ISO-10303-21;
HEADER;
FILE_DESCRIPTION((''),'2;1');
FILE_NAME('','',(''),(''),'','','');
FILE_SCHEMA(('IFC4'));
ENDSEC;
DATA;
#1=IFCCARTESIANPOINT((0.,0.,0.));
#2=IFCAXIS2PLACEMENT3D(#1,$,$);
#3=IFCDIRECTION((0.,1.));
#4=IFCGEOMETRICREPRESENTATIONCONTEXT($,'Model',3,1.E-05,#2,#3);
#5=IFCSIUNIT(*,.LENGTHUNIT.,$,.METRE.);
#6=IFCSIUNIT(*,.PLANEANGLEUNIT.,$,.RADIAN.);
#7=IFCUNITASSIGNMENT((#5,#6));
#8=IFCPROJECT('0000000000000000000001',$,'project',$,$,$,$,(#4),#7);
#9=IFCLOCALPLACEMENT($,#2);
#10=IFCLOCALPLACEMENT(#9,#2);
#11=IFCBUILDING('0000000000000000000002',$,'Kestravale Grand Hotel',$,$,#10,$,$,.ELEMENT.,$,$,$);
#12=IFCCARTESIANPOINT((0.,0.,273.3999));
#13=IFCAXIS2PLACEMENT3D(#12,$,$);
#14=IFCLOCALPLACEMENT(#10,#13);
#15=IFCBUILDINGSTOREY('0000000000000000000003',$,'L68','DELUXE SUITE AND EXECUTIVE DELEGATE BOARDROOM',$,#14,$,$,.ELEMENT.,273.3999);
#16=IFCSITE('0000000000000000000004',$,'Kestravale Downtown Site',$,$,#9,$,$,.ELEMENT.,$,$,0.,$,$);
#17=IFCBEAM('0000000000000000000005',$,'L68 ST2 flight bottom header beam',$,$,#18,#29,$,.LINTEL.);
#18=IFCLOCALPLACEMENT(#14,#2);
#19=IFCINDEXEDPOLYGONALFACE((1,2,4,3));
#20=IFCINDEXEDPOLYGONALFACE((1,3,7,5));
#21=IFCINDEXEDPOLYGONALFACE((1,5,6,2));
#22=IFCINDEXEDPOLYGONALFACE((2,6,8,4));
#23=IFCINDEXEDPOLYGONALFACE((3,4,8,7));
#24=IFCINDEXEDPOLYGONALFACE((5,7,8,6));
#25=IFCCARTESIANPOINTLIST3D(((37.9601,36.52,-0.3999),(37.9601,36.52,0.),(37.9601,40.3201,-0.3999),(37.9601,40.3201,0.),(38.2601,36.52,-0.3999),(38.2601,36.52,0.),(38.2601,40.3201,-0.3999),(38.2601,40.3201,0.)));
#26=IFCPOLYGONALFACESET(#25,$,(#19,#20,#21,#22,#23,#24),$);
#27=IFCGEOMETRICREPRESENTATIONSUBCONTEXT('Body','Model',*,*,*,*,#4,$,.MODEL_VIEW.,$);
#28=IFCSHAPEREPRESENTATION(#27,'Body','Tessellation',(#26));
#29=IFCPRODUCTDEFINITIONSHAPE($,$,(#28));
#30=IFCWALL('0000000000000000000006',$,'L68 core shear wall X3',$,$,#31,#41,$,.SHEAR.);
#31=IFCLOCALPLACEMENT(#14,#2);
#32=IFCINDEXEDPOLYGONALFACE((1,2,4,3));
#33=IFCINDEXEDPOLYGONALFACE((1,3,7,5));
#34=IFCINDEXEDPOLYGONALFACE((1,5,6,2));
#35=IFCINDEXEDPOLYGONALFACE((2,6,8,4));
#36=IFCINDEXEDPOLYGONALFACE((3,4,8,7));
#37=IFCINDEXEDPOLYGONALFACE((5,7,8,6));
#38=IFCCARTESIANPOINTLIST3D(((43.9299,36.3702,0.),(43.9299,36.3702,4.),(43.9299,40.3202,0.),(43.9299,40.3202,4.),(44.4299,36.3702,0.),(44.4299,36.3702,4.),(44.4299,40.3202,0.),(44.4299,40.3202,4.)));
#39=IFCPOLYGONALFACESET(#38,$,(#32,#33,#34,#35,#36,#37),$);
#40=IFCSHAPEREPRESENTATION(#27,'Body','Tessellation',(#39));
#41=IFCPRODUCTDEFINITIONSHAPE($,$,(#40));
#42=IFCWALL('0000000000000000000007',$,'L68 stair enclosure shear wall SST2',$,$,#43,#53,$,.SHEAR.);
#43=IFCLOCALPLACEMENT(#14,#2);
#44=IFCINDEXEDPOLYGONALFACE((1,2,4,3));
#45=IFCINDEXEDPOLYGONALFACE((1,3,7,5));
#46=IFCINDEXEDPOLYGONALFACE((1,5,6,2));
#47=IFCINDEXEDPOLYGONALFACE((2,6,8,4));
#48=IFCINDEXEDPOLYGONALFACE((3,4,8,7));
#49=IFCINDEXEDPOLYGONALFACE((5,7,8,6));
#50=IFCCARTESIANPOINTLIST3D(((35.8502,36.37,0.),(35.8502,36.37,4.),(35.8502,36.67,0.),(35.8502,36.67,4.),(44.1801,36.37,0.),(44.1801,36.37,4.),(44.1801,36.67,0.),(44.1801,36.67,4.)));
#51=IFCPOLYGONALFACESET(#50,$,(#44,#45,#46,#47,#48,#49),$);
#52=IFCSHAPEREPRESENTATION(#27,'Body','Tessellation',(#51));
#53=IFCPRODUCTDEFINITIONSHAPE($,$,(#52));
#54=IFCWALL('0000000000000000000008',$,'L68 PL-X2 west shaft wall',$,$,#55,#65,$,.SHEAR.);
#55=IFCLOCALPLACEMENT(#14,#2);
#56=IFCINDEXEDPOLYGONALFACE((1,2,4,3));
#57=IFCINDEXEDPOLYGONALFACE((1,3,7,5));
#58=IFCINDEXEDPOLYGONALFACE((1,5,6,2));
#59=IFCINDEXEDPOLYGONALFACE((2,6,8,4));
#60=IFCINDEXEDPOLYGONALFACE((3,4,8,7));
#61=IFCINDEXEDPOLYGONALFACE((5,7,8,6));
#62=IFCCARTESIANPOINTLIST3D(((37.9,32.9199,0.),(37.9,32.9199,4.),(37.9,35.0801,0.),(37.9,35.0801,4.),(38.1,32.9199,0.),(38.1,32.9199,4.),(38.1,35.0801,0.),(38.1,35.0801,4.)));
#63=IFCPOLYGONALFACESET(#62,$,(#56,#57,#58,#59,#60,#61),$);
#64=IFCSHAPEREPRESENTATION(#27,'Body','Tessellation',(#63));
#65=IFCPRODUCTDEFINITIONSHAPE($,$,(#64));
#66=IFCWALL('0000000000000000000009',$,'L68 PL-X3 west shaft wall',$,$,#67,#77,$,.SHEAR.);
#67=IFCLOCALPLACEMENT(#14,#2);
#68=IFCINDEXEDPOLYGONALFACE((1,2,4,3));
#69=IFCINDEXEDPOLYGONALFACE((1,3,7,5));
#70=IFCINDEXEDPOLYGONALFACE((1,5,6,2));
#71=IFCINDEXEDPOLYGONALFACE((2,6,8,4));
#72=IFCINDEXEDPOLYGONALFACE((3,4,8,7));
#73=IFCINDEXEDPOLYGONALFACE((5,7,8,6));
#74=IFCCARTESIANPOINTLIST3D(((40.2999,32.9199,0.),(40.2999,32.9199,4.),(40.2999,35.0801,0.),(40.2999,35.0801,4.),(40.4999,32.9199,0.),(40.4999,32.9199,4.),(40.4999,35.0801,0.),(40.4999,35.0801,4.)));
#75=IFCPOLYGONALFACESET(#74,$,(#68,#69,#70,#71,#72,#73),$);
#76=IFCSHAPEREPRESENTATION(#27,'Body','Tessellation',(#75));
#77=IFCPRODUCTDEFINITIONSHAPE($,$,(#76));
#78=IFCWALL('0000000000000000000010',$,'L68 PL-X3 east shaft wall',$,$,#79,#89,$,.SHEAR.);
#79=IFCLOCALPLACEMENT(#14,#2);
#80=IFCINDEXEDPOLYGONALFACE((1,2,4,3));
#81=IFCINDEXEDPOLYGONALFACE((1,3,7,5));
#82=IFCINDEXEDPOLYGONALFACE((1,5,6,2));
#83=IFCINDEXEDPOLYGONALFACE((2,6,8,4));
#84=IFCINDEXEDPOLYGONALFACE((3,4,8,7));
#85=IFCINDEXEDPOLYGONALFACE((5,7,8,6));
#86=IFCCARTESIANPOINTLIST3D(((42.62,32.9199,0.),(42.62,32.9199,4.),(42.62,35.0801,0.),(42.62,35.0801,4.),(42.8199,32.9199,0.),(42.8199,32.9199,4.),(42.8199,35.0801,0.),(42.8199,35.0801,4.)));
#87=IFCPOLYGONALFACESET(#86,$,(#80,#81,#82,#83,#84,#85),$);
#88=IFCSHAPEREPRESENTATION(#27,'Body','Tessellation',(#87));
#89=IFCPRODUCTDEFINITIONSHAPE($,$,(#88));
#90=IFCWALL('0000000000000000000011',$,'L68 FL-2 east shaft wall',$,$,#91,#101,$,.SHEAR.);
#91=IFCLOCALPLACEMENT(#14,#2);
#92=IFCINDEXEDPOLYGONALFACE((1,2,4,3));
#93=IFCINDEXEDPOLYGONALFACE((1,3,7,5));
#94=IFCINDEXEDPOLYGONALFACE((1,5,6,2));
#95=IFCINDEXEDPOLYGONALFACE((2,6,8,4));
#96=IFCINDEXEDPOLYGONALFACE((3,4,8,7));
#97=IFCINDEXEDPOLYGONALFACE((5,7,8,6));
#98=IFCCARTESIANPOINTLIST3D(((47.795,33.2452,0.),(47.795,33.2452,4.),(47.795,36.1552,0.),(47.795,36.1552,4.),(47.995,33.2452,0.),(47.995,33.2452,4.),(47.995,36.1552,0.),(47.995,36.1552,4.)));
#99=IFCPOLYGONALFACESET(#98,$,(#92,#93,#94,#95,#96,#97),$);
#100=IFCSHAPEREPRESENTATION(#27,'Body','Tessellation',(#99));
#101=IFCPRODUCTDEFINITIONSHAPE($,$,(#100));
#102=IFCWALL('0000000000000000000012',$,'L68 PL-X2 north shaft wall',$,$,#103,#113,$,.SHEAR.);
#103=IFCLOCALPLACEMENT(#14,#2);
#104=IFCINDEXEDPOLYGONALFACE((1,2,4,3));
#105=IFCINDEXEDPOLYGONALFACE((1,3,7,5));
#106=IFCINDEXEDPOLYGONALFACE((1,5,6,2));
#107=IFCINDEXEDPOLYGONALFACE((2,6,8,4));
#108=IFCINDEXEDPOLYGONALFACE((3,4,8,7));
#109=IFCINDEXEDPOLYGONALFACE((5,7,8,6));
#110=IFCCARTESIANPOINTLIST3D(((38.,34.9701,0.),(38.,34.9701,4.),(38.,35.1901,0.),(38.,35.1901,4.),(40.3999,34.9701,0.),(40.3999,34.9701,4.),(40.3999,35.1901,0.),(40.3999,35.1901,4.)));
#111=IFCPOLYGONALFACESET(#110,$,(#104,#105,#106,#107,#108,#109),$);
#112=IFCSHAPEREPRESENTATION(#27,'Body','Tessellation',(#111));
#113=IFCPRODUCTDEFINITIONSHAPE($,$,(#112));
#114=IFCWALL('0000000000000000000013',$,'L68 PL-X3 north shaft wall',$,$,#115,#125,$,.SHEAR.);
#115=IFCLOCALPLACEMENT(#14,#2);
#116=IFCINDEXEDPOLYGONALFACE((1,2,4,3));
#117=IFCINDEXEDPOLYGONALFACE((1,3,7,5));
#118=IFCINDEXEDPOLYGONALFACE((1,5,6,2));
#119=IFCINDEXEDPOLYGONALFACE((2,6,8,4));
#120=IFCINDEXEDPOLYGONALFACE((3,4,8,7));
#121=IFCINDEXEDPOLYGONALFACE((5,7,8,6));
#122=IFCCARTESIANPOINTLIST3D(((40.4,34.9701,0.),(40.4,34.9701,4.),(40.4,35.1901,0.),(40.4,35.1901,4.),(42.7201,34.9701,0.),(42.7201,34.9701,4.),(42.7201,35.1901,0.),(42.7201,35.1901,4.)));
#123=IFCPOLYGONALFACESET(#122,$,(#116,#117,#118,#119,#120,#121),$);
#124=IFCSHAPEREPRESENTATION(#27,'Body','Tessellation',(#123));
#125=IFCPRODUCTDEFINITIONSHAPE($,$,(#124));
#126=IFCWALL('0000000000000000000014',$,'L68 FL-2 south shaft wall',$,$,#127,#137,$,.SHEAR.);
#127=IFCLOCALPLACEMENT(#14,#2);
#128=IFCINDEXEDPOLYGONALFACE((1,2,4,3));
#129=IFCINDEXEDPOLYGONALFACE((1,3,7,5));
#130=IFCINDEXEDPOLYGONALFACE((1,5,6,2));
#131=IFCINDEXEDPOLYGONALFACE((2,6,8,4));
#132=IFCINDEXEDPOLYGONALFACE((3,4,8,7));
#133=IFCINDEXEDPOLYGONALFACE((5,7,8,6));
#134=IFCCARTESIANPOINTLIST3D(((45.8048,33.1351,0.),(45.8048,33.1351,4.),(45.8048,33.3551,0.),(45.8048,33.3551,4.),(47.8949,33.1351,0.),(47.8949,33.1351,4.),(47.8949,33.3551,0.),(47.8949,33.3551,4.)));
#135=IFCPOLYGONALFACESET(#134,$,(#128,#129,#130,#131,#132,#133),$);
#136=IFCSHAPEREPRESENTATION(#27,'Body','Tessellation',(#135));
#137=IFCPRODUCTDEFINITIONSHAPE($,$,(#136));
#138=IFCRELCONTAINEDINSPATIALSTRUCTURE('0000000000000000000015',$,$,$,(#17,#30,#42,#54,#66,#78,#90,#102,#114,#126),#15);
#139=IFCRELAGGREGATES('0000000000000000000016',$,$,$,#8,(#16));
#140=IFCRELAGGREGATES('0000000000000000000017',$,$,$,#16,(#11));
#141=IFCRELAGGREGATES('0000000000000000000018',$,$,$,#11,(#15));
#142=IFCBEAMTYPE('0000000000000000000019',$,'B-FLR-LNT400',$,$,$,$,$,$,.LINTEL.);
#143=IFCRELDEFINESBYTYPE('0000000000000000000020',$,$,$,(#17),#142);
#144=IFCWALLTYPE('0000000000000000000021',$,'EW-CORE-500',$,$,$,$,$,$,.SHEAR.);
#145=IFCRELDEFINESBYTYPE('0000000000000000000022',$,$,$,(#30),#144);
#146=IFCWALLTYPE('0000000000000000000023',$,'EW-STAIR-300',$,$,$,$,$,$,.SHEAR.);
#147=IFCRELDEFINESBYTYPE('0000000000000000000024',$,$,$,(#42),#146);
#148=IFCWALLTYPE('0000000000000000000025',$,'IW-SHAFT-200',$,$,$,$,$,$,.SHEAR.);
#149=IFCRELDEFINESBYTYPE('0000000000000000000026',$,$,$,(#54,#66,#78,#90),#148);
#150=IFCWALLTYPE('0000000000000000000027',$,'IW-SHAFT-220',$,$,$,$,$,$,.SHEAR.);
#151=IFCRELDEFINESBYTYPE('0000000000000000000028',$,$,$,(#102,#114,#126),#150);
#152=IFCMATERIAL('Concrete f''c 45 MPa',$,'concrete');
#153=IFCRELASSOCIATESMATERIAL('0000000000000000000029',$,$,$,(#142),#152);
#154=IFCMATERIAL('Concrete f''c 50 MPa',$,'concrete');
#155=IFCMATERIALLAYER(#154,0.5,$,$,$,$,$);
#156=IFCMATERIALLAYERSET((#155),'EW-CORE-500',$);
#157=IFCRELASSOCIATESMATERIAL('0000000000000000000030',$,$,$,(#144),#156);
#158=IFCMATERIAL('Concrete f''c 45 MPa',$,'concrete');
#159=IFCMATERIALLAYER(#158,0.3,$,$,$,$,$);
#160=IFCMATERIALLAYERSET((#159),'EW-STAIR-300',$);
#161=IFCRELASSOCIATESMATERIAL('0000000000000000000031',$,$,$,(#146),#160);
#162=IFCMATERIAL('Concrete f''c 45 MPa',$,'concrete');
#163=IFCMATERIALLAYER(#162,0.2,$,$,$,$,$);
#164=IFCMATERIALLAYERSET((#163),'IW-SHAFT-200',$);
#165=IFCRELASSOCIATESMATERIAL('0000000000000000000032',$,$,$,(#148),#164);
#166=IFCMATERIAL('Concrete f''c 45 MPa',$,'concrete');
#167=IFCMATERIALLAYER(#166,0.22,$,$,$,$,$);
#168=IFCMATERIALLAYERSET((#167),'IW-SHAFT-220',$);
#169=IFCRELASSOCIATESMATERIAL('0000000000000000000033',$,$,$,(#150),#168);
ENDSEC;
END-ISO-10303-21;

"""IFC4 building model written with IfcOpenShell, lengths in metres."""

from ifc_helpers import new_model, si_unit, direction, frame, frame_2d, origin, origin_2d, place, context, subcontext, project, spatial, rectangle, extrude, material, layer, layer_set, material_profile, profile_set, type_object, element, save


model = new_model("IFC4")

# Units and contexts
model_context = context("Model", 3, precision=1e-05, world=origin(), true_north=direction((0.0, 1.0)))
body_context = subcontext(model_context, "Body", "Model", "MODEL_VIEW")
ifc_project = project(units=[si_unit("LENGTHUNIT", "METRE"), si_unit("PLANEANGLEUNIT", "RADIAN")], contexts=[model_context])

# Site, building, storey
site_placement = place(None, origin())
site = spatial("IfcSite", under=ifc_project, at=site_placement, Name="Kestravale Downtown Site", CompositionType="ELEMENT", RefElevation=0.0)
building_placement = place(site_placement, origin())
building = spatial("IfcBuilding", under=site, at=building_placement, Name="Kestravale Grand Hotel", CompositionType="ELEMENT")
storey_placement = place(building_placement, frame((0.0, 0.0, 273.3999)))
storey = spatial("IfcBuildingStorey", under=building, at=storey_placement, Name="L68", Description="DELUXE SUITE AND EXECUTIVE DELEGATE BOARDROOM", CompositionType="ELEMENT", Elevation=273.3999)

# Beam
ifc_material_1 = material(Name="Concrete f'c 45 MPa", Category="concrete")
ifc_material_profile = material_profile(ifc_material_1, rectangle(XDim=0.3, YDim=0.3999, at=origin_2d()))
ifc_profile_set = profile_set([ifc_material_profile], Name="Concrete f'c 45 MPa")
beam_type = type_object("IfcBeamType", Name="B-FLR-LNT400", PredefinedType="LINTEL", material=ifc_profile_set)
beam_placement = place(storey_placement, frame((38.1101, 36.52, -0.2), z_axis=(0.0, 1.0, 0.0), x_axis=(-1.0, 0.0, 0.0)))
element("IfcBeam", 1, at=beam_placement, inside=storey, type_object=beam_type, Name="L68 ST2 flight bottom header beam", PredefinedType="LINTEL", context=body_context, shape_type="SweptSolid", body=[
    extrude(rectangle(XDim=0.3, YDim=0.3999, at=origin_2d()), origin(), (0.0, 0.0, 1.0), 3.8),
])

# Shared definitions
ifc_material_2 = material(Name="Concrete f'c 50 MPa", Category="concrete")
ifc_layer_1 = layer(ifc_material_2, 0.5)
ifc_layer_set_1 = layer_set([ifc_layer_1], Name="EW-CORE-500")
wall_type_1 = type_object("IfcWallType", Name="EW-CORE-500", PredefinedType="SHEAR", material=ifc_layer_set_1)

# Walls
wall_1_placement = place(storey_placement, frame((44.1799, 36.3701, 0.0), z_axis=(0.0, 0.0, 1.0), x_axis=(0.0, 1.0, 0.0)))
element("IfcWall", 2, at=wall_1_placement, inside=storey, type_object=wall_type_1, Name="L68 core shear wall X3", PredefinedType="SHEAR", context=body_context, shape_type="SweptSolid", body=[
    extrude(rectangle(XDim=3.95, YDim=0.5, at=frame_2d((1.9751, 0.0))), origin(), (0.0, 0.0, 1.0), 4.0),
])
ifc_material_3 = material(Name="Concrete f'c 45 MPa", Category="concrete")
ifc_layer_2 = layer(ifc_material_3, 0.3)
ifc_layer_set_2 = layer_set([ifc_layer_2], Name="EW-STAIR-300")
wall_type_2 = type_object("IfcWallType", Name="EW-STAIR-300", PredefinedType="SHEAR", material=ifc_layer_set_2)
wall_2_placement = place(storey_placement, frame((35.8501, 36.52, 0.0), z_axis=(0.0, 0.0, 1.0), x_axis=(1.0, 0.0, 0.0)))
element("IfcWall", 3, at=wall_2_placement, inside=storey, type_object=wall_type_2, Name="L68 stair enclosure shear wall SST2", PredefinedType="SHEAR", context=body_context, shape_type="SweptSolid", body=[
    extrude(rectangle(XDim=8.3298, YDim=0.3, at=frame_2d((4.165, 0.0))), origin(), (0.0, 0.0, 1.0), 4.0),
])

# Walls
ifc_material_4 = material(Name="Concrete f'c 45 MPa", Category="concrete")
ifc_layer_3 = layer(ifc_material_4, 0.2)
ifc_layer_set_3 = layer_set([ifc_layer_3], Name="IW-SHAFT-200")
wall_type_3 = type_object("IfcWallType", Name="IW-SHAFT-200", PredefinedType="SHEAR", material=ifc_layer_set_3)
for number, where, z_axis, x_axis, name in (
    (4, (38.0, 32.9199, 0.0), (0.0, 0.0, 1.0), (0.0, 1.0, 0.0), "L68 PL-X2 west shaft wall"),
    (5, (40.3999, 32.9199, 0.0), (0.0, 0.0, 1.0), (0.0, 1.0, 0.0), "L68 PL-X3 west shaft wall"),
    (6, (42.72, 32.9199, 0.0), (0.0, 0.0, 1.0), (0.0, 1.0, 0.0), "L68 PL-X3 east shaft wall"),
):
    element("IfcWall", number, at=place(storey_placement, frame(where, z_axis=z_axis, x_axis=x_axis)), inside=storey, type_object=wall_type_3, Name=name, PredefinedType="SHEAR", context=body_context, shape_type="SweptSolid", body=[
        extrude(rectangle(XDim=2.1602, YDim=0.2, at=frame_2d((1.0801, 0.0))), origin(), (0.0, 0.0, 1.0), 4.0),
    ])
wall_3_placement = place(storey_placement, frame((47.895, 33.2451, 0.0), z_axis=(0.0, 0.0, 1.0), x_axis=(0.0, 1.0, 0.0)))
element("IfcWall", 7, at=wall_3_placement, inside=storey, type_object=wall_type_3, Name="L68 FL-2 east shaft wall", PredefinedType="SHEAR", context=body_context, shape_type="SweptSolid", body=[
    extrude(rectangle(XDim=2.9099, YDim=0.2, at=frame_2d((1.4551, 0.0))), origin(), (0.0, 0.0, 1.0), 4.0),
])
ifc_material_5 = material(Name="Concrete f'c 45 MPa", Category="concrete")
ifc_layer_4 = layer(ifc_material_5, 0.22)
ifc_layer_set_4 = layer_set([ifc_layer_4], Name="IW-SHAFT-220")
wall_type_4 = type_object("IfcWallType", Name="IW-SHAFT-220", PredefinedType="SHEAR", material=ifc_layer_set_4)
wall_4_placement = place(storey_placement, frame((38.0, 35.0801, 0.0), z_axis=(0.0, 0.0, 1.0), x_axis=(1.0, 0.0, 0.0)))
element("IfcWall", 8, at=wall_4_placement, inside=storey, type_object=wall_type_4, Name="L68 PL-X2 north shaft wall", PredefinedType="SHEAR", context=body_context, shape_type="SweptSolid", body=[
    extrude(rectangle(XDim=2.3999, YDim=0.22, at=frame_2d((1.2, 0.0))), origin(), (0.0, 0.0, 1.0), 4.0),
])

# Wall
wall_5_placement = place(storey_placement, frame((40.3999, 35.0801, 0.0), z_axis=(0.0, 0.0, 1.0), x_axis=(1.0, 0.0, 0.0)))
element("IfcWall", 9, at=wall_5_placement, inside=storey, type_object=wall_type_4, Name="L68 PL-X3 north shaft wall", PredefinedType="SHEAR", context=body_context, shape_type="SweptSolid", body=[
    extrude(rectangle(XDim=2.3201, YDim=0.22, at=frame_2d((1.1602, 0.0))), origin(), (0.0, 0.0, 1.0), 4.0),
])

# Wall
wall_6_placement = place(storey_placement, frame((45.8049, 33.2451, 0.0), z_axis=(0.0, 0.0, 1.0), x_axis=(1.0, 0.0, 0.0)))
element("IfcWall", 10, at=wall_6_placement, inside=storey, type_object=wall_type_4, Name="L68 FL-2 south shaft wall", PredefinedType="SHEAR", context=body_context, shape_type="SweptSolid", body=[
    extrude(rectangle(XDim=2.0901, YDim=0.22, at=frame_2d((1.0449, 0.0))), origin(), (0.0, 0.0, 1.0), 4.0),
])

save(model, "model.ifc")
